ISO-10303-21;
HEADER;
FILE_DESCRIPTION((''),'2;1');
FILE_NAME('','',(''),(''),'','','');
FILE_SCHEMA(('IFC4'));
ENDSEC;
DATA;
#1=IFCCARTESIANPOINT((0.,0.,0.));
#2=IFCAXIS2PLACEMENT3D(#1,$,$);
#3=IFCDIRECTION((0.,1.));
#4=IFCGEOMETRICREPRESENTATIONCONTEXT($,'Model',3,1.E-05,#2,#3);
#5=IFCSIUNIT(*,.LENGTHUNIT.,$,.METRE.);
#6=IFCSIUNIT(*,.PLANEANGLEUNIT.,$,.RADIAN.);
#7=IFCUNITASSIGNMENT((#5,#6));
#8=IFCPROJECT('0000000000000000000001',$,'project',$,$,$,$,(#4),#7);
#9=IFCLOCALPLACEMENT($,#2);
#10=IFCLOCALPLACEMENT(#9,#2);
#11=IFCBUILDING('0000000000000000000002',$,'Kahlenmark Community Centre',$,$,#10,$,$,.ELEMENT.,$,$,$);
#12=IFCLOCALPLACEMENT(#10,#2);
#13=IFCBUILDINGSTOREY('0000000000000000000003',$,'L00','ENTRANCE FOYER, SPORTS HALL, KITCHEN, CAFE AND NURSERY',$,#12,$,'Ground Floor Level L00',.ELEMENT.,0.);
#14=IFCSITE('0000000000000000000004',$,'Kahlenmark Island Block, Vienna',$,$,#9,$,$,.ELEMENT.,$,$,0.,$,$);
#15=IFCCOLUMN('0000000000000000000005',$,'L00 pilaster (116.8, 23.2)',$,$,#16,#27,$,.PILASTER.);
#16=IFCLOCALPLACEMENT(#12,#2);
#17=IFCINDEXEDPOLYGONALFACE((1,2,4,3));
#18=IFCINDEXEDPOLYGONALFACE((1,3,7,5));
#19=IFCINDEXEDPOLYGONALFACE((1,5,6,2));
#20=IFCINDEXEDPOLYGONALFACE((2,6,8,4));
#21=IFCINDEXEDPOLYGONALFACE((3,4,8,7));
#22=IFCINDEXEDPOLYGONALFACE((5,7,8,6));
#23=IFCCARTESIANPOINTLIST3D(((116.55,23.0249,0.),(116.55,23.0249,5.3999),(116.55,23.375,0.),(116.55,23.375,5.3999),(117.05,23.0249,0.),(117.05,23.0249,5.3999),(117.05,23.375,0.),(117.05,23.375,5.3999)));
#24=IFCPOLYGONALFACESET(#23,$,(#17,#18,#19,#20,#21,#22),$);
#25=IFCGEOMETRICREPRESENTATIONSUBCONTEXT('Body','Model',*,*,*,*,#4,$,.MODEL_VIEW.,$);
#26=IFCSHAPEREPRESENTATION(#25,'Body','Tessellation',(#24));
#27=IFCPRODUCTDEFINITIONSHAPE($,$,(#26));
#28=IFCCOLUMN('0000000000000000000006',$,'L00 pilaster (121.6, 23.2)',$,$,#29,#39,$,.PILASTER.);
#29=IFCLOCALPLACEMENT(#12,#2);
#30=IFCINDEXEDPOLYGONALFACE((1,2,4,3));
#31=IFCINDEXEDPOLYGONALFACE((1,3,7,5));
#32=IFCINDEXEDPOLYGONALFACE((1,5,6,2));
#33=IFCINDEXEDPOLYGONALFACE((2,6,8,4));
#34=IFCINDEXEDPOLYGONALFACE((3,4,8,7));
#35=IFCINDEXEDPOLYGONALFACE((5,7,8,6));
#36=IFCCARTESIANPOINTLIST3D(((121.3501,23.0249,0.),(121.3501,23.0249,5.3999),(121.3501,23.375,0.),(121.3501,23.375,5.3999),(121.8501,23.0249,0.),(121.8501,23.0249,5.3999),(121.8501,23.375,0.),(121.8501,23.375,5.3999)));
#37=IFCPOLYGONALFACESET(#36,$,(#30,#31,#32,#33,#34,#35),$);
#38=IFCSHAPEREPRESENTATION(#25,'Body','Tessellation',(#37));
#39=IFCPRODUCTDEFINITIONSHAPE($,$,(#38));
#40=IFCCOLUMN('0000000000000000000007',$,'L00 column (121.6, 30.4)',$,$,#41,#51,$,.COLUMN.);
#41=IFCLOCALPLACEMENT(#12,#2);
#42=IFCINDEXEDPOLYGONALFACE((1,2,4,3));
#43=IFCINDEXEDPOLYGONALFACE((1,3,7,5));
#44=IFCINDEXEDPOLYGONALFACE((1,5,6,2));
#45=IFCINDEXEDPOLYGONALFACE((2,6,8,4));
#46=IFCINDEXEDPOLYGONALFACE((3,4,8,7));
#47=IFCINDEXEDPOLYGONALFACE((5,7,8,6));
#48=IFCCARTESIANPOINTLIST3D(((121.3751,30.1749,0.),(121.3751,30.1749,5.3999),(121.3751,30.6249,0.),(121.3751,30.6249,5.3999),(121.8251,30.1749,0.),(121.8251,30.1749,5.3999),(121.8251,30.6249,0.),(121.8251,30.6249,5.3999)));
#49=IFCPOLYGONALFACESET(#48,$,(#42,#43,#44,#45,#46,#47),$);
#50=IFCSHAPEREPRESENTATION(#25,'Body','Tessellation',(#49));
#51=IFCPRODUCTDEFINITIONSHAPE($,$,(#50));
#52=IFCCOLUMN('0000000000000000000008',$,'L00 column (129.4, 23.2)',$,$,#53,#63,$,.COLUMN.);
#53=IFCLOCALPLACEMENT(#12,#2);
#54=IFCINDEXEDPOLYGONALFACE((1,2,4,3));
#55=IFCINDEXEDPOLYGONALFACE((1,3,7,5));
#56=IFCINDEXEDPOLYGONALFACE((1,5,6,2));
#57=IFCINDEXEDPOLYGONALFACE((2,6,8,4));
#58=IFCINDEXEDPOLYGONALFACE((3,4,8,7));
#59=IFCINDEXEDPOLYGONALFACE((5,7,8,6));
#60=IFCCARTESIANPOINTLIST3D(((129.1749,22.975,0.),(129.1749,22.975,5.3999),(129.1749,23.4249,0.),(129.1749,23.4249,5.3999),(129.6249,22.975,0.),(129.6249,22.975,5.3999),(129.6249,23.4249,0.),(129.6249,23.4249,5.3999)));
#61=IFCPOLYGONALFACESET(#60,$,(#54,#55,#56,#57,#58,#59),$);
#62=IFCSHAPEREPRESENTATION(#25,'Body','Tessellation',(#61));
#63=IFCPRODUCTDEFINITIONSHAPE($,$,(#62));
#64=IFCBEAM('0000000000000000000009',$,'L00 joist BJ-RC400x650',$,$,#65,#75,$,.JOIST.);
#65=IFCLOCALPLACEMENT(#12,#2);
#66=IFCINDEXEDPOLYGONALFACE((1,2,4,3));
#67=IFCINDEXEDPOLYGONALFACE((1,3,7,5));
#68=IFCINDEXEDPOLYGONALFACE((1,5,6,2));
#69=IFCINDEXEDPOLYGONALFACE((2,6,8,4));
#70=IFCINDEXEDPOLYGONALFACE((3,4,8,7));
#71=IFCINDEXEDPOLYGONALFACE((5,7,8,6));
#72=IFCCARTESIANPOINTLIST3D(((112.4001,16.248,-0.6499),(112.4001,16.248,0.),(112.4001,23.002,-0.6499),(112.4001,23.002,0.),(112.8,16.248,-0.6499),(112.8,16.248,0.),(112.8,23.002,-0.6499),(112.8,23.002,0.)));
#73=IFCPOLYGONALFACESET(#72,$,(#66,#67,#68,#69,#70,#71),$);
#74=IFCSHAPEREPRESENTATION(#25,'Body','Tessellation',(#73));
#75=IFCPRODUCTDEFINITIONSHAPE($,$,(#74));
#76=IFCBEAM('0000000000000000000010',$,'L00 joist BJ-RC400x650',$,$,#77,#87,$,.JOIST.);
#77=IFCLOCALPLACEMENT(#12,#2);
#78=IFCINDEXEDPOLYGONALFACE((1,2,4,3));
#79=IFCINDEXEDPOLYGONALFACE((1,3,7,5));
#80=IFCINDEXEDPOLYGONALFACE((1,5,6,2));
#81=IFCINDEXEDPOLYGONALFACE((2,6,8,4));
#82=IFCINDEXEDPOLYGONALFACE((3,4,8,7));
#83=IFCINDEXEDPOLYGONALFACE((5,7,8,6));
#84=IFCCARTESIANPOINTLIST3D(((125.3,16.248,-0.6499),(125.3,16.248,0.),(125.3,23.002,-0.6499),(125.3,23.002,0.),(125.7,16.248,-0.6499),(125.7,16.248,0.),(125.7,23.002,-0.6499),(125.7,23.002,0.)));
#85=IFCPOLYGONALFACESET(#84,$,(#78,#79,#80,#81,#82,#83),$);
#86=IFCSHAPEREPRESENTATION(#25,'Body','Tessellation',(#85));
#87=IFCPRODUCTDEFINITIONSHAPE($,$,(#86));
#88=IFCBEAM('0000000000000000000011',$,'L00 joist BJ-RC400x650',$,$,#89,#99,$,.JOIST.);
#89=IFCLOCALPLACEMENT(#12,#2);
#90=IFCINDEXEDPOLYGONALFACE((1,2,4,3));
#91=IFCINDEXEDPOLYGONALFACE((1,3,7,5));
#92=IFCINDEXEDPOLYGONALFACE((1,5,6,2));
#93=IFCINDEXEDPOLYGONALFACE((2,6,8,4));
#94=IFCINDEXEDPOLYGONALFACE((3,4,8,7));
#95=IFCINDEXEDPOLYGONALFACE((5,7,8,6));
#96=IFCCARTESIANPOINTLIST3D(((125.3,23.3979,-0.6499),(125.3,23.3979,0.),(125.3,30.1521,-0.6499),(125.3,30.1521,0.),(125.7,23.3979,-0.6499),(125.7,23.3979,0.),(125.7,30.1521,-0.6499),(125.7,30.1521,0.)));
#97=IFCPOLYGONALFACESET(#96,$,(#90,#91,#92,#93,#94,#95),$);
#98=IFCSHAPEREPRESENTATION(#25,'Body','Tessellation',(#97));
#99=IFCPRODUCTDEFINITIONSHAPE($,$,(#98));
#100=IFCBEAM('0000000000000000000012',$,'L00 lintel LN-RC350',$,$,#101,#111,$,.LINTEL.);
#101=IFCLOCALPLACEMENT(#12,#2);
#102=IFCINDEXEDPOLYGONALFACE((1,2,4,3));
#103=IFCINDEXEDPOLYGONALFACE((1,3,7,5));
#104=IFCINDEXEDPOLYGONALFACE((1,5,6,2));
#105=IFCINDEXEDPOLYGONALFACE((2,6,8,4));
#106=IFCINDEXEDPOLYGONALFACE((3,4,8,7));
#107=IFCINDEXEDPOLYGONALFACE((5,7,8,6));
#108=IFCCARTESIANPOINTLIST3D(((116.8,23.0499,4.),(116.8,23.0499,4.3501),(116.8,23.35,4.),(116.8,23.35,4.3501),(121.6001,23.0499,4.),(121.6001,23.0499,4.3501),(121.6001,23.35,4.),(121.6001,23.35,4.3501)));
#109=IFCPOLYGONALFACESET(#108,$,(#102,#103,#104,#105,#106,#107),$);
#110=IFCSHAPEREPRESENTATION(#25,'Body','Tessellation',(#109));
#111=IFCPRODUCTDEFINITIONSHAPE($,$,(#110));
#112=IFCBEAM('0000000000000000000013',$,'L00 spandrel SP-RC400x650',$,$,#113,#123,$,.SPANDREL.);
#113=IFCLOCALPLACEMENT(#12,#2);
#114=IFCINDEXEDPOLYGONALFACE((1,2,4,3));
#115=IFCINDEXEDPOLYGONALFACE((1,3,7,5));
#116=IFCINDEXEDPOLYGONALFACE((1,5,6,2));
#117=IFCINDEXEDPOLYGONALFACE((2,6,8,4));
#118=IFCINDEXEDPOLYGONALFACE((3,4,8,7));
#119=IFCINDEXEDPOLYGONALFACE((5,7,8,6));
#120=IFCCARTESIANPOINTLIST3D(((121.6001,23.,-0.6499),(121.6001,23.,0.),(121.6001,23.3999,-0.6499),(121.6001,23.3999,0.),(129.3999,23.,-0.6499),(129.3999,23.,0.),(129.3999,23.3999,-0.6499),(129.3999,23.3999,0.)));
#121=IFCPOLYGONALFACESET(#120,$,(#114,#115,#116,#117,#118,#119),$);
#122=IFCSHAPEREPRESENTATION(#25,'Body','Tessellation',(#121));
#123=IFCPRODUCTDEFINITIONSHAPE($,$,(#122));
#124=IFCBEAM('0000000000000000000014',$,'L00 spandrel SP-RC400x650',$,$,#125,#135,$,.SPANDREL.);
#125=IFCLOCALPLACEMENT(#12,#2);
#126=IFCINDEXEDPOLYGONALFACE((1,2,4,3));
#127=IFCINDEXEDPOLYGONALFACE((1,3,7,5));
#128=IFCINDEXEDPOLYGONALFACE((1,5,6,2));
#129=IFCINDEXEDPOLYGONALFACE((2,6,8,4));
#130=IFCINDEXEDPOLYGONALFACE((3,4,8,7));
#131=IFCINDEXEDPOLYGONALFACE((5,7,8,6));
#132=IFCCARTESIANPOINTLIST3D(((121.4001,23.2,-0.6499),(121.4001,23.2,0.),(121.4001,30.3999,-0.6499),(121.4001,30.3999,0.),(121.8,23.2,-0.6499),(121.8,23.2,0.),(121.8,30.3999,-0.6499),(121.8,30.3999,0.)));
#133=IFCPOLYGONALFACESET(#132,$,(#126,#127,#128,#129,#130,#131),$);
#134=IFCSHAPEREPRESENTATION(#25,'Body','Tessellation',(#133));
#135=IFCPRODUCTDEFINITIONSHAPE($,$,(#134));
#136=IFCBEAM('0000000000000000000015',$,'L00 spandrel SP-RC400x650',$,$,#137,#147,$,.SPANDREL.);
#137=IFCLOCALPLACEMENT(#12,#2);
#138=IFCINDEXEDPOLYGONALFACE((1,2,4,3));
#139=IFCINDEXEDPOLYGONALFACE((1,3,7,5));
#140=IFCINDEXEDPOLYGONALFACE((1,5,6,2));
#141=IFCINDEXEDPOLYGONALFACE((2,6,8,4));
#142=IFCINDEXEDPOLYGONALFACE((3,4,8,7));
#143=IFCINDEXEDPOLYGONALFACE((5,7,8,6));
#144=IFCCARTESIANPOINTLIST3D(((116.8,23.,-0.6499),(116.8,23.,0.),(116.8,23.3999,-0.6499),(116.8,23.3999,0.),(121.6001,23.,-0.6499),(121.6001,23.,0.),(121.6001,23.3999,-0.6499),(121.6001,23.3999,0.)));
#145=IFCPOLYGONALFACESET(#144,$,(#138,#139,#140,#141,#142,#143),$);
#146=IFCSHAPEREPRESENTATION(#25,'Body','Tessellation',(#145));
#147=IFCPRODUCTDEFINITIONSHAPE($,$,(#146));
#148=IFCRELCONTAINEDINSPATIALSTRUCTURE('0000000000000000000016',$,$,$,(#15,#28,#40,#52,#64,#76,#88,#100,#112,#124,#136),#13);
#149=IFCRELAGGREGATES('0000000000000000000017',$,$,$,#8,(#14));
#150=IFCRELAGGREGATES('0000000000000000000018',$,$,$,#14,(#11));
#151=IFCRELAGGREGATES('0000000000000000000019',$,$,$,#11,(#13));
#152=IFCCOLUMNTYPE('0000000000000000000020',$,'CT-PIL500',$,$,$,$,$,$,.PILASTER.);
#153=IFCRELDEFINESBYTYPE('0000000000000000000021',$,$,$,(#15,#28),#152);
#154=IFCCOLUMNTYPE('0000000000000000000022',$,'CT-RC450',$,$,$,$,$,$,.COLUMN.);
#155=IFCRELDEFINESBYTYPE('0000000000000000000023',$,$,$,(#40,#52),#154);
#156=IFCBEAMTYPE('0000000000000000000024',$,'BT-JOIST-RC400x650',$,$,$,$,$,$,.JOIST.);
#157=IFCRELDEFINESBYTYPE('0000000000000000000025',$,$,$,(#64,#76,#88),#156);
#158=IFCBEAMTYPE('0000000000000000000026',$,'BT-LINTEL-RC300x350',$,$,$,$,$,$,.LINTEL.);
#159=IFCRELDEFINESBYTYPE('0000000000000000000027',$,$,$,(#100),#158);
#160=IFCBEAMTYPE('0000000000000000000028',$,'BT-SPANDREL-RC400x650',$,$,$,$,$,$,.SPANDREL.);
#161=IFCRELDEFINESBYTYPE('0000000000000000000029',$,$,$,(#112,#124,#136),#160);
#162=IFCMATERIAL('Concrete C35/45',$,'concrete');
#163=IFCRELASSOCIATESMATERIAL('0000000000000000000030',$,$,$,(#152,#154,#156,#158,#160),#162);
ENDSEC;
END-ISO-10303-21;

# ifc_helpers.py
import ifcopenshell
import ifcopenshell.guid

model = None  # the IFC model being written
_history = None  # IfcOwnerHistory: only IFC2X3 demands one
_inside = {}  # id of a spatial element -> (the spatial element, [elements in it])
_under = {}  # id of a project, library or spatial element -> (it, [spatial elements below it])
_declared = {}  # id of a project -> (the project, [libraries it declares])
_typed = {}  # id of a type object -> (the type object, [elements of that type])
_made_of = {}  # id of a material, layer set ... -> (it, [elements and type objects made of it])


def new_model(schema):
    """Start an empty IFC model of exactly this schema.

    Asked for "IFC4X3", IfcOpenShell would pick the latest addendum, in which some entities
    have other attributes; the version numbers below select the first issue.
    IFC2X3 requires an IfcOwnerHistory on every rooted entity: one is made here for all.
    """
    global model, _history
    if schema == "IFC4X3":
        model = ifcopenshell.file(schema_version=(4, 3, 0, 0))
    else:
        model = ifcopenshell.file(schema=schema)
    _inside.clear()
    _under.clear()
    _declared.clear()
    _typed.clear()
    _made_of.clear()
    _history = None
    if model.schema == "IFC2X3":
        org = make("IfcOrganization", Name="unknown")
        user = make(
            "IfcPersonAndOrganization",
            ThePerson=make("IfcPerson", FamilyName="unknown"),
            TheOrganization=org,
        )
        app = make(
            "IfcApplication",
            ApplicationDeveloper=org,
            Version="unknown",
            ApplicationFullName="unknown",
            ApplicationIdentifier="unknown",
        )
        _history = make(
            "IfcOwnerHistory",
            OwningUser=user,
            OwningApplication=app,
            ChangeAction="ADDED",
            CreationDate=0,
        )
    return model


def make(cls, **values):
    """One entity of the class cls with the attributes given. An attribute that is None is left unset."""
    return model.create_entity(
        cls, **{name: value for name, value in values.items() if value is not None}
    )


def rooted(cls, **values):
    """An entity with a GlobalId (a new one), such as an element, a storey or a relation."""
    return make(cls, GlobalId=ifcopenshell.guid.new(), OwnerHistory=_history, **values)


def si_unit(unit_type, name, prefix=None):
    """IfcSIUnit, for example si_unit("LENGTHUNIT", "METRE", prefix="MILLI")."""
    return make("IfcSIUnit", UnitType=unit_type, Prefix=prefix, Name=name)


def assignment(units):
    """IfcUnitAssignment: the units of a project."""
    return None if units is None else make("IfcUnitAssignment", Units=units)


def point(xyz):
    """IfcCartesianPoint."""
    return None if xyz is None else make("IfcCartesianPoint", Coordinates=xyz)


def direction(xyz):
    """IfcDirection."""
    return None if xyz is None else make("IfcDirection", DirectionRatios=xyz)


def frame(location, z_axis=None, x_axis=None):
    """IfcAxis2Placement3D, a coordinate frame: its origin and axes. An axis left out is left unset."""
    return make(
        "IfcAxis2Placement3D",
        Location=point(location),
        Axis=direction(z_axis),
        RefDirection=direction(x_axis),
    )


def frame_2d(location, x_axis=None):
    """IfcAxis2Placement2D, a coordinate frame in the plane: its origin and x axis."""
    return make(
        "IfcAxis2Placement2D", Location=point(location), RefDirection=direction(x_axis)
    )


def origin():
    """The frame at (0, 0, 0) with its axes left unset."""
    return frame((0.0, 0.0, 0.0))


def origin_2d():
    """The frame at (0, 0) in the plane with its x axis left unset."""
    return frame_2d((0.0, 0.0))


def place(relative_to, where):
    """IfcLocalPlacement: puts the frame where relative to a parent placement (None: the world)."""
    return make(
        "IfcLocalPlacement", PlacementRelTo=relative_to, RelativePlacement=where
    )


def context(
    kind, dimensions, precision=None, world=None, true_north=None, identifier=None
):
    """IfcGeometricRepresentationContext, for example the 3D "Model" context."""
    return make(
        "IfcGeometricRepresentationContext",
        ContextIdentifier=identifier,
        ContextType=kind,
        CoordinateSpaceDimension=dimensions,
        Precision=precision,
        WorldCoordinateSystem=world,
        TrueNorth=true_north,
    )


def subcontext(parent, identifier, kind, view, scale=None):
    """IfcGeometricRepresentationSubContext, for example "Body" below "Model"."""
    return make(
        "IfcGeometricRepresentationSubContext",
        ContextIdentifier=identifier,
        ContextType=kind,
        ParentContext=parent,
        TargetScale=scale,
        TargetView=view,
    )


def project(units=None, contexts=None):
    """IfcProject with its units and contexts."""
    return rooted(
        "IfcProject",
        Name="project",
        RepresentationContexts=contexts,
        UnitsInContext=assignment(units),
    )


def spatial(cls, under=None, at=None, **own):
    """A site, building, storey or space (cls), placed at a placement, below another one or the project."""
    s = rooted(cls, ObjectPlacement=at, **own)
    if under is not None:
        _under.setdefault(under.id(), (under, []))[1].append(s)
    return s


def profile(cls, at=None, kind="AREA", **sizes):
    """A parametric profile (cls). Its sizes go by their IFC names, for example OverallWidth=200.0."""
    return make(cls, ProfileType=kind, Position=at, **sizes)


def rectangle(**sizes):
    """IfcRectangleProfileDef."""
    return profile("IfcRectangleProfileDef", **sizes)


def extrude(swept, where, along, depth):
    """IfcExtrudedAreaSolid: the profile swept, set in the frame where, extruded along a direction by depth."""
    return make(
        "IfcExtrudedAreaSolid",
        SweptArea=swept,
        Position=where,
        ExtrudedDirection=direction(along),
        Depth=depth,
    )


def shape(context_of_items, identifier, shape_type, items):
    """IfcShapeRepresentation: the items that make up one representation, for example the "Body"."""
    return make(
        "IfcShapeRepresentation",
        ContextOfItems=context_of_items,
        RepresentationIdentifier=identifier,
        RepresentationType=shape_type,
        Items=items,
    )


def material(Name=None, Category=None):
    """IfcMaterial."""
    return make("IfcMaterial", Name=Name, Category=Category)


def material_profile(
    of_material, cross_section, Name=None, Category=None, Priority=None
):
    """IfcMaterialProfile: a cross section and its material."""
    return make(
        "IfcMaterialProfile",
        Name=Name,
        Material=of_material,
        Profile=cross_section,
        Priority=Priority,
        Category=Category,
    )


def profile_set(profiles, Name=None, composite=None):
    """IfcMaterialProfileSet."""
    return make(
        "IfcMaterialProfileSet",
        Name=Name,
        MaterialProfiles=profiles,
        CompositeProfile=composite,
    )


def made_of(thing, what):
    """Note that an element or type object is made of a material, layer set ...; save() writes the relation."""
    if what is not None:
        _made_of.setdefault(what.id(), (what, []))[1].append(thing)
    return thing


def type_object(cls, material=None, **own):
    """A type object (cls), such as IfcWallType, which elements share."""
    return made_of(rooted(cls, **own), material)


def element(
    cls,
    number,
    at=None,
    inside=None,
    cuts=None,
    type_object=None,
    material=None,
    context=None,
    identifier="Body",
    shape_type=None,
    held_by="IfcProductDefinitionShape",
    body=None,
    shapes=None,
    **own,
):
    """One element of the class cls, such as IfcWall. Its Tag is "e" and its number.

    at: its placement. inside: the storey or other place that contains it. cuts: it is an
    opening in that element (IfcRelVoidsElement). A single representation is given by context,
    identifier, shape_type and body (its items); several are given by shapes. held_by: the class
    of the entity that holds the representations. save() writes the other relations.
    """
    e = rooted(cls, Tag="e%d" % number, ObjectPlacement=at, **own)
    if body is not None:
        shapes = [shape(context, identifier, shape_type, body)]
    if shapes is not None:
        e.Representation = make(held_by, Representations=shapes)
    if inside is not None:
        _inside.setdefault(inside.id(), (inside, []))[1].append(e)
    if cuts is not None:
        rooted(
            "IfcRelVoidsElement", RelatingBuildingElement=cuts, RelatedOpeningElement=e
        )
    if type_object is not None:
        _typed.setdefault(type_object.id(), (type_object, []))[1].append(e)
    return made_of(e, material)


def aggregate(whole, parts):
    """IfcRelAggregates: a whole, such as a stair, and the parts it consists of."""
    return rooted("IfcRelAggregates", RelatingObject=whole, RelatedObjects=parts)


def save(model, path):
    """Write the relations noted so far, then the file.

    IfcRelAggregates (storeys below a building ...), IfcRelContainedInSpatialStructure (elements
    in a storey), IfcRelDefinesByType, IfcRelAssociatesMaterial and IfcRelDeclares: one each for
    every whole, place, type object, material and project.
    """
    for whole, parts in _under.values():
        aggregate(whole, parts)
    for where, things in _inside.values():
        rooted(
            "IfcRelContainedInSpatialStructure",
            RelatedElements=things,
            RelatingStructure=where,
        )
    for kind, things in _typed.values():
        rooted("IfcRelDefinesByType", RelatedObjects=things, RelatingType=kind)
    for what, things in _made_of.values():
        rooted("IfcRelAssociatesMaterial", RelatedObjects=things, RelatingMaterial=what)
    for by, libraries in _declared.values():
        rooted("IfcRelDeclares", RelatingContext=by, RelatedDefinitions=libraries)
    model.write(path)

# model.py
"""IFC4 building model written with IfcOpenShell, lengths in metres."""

from ifc_helpers import new_model, si_unit, direction, frame, origin, origin_2d, place, context, subcontext, project, spatial, rectangle, extrude, material, material_profile, profile_set, type_object, element, save


model = new_model("IFC4")

# Units and contexts
model_context = context("Model", 3, precision=1e-05, world=origin(), true_north=direction((0.0, 1.0)))
body_context = subcontext(model_context, "Body", "Model", "MODEL_VIEW")
ifc_project = project(units=[si_unit("LENGTHUNIT", "METRE"), si_unit("PLANEANGLEUNIT", "RADIAN")], contexts=[model_context])

# Site, building, storey
site_placement = place(None, origin())
site = spatial("IfcSite", under=ifc_project, at=site_placement, Name="Kahlenmark Island Block, Vienna", CompositionType="ELEMENT", RefElevation=0.0)
building_placement = place(site_placement, origin())
building = spatial("IfcBuilding", under=site, at=building_placement, Name="Kahlenmark Community Centre", CompositionType="ELEMENT")
storey_placement = place(building_placement, origin())
storey = spatial("IfcBuildingStorey", under=building, at=storey_placement, Name="L00", Description="ENTRANCE FOYER, SPORTS HALL, KITCHEN, CAFE AND NURSERY", LongName="Ground Floor Level L00", CompositionType="ELEMENT", Elevation=0.0)

# Columns
ifc_material_1 = material(Name="Concrete C35/45", Category="concrete")
ifc_material_profile_1 = material_profile(ifc_material_1, rectangle(XDim=0.5, YDim=0.3501, at=origin_2d()), Name="RC 500x350")
ifc_profile_set_1 = profile_set([ifc_material_profile_1], Name="Concrete C35/45")
column_type_1 = type_object("IfcColumnType", Name="CT-PIL500", PredefinedType="PILASTER", material=ifc_profile_set_1)
for number, where, z_axis, x_axis, name in (
    (1, (116.8, 23.2, 0.0), (0.0, 0.0, 1.0), (1.0, 0.0, 0.0), "L00 pilaster (116.8, 23.2)"),
    (2, (121.6001, 23.2, 0.0), (0.0, 0.0, 1.0), (1.0, 0.0, 0.0), "L00 pilaster (121.6, 23.2)"),
):
    element("IfcColumn", number, at=place(storey_placement, frame(where, z_axis=z_axis, x_axis=x_axis)), inside=storey, type_object=column_type_1, Name=name, PredefinedType="PILASTER", context=body_context, shape_type="SweptSolid", body=[
        extrude(rectangle(XDim=0.5, YDim=0.3501, at=origin_2d()), origin(), (0.0, 0.0, 1.0), 5.3999),
    ])
ifc_material_profile_2 = material_profile(ifc_material_1, rectangle(XDim=0.45, YDim=0.45, at=origin_2d()), Name="RC 450x450")
ifc_profile_set_2 = profile_set([ifc_material_profile_2], Name="Concrete C35/45")
column_type_2 = type_object("IfcColumnType", Name="CT-RC450", PredefinedType="COLUMN", material=ifc_profile_set_2)
for number, where, z_axis, x_axis, name in (
    (3, (121.6001, 30.3999, 0.0), (0.0, 0.0, 1.0), (1.0, 0.0, 0.0), "L00 column (121.6, 30.4)"),
    (4, (129.3999, 23.2, 0.0), (0.0, 0.0, 1.0), (1.0, 0.0, 0.0), "L00 column (129.4, 23.2)"),
):
    element("IfcColumn", number, at=place(storey_placement, frame(where, z_axis=z_axis, x_axis=x_axis)), inside=storey, type_object=column_type_2, Name=name, PredefinedType="COLUMN", context=body_context, shape_type="SweptSolid", body=[
        extrude(rectangle(XDim=0.45, YDim=0.45, at=origin_2d()), origin(), (0.0, 0.0, 1.0), 5.3999),
    ])

# Beams
ifc_material_profile_3 = material_profile(ifc_material_1, rectangle(XDim=0.3999, YDim=0.6499, at=origin_2d()), Name="RC 400x650")
ifc_profile_set_3 = profile_set([ifc_material_profile_3], Name="Concrete C35/45")
beam_type_1 = type_object("IfcBeamType", Name="BT-JOIST-RC400x650", PredefinedType="JOIST", material=ifc_profile_set_3)
for number, where, z_axis, x_axis, name in (
    (5, (112.6001, 16.248, -0.325), (0.0, 1.0, 0.0), (-1.0, 0.0, 0.0), "L00 joist BJ-RC400x650"),
    (6, (125.5, 16.248, -0.325), (0.0, 1.0, 0.0), (-1.0, 0.0, 0.0), "L00 joist BJ-RC400x650"),
):
    element("IfcBeam", number, at=place(storey_placement, frame(where, z_axis=z_axis, x_axis=x_axis)), inside=storey, type_object=beam_type_1, Name=name, PredefinedType="JOIST", context=body_context, shape_type="SweptSolid", body=[
        extrude(rectangle(XDim=0.3999, YDim=0.6499, at=origin_2d()), origin(), (0.0, 0.0, 1.0), 6.7539),
    ])
beam_1_placement = place(storey_placement, frame((125.5, 23.3979, -0.325), z_axis=(0.0, 1.0, 0.0), x_axis=(-1.0, 0.0, 0.0)))
element("IfcBeam", 7, at=beam_1_placement, inside=storey, type_object=beam_type_1, Name="L00 joist BJ-RC400x650", PredefinedType="JOIST", context=body_context, shape_type="SweptSolid", body=[
    extrude(rectangle(XDim=0.3999, YDim=0.6499, at=origin_2d()), origin(), (0.0, 0.0, 1.0), 6.7542),
])
ifc_material_profile_4 = material_profile(ifc_material_1, rectangle(XDim=0.3, YDim=0.3501, at=origin_2d()), Name="RC 300x350")
ifc_profile_set_4 = profile_set([ifc_material_profile_4], Name="Concrete C35/45")
beam_type_2 = type_object("IfcBeamType", Name="BT-LINTEL-RC300x350", PredefinedType="LINTEL", material=ifc_profile_set_4)
beam_2_placement = place(storey_placement, frame((116.8, 23.2, 4.175), z_axis=(1.0, 0.0, 0.0), x_axis=(0.0, 1.0, 0.0)))
element("IfcBeam", 8, at=beam_2_placement, inside=storey, type_object=beam_type_2, Name="L00 lintel LN-RC350", PredefinedType="LINTEL", context=body_context, shape_type="SweptSolid", body=[
    extrude(rectangle(XDim=0.3, YDim=0.3501, at=origin_2d()), origin(), (0.0, 0.0, 1.0), 4.8),
])
ifc_material_profile_5 = material_profile(ifc_material_1, rectangle(XDim=0.3999, YDim=0.6499, at=origin_2d()), Name="RC 400x650")
ifc_profile_set_5 = profile_set([ifc_material_profile_5], Name="Concrete C35/45")
beam_type_3 = type_object("IfcBeamType", Name="BT-SPANDREL-RC400x650", PredefinedType="SPANDREL", material=ifc_profile_set_5)
beam_3_placement = place(storey_placement, frame((121.6001, 23.2, -0.325), z_axis=(1.0, 0.0, 0.0), x_axis=(0.0, 1.0, 0.0)))
element("IfcBeam", 9, at=beam_3_placement, inside=storey, type_object=beam_type_3, Name="L00 spandrel SP-RC400x650", PredefinedType="SPANDREL", context=body_context, shape_type="SweptSolid", body=[
    extrude(rectangle(XDim=0.3999, YDim=0.6499, at=origin_2d()), origin(), (0.0, 0.0, 1.0), 7.7998),
])
beam_4_placement = place(storey_placement, frame((121.6001, 23.2, -0.325), z_axis=(0.0, 1.0, 0.0), x_axis=(-1.0, 0.0, 0.0)))
element("IfcBeam", 10, at=beam_4_placement, inside=storey, type_object=beam_type_3, Name="L00 spandrel SP-RC400x650", PredefinedType="SPANDREL", context=body_context, shape_type="SweptSolid", body=[
    extrude(rectangle(XDim=0.3999, YDim=0.6499, at=origin_2d()), origin(), (0.0, 0.0, 1.0), 7.2),
])
beam_5_placement = place(storey_placement, frame((116.8, 23.2, -0.325), z_axis=(1.0, 0.0, 0.0), x_axis=(0.0, 1.0, 0.0)))
element("IfcBeam", 11, at=beam_5_placement, inside=storey, type_object=beam_type_3, Name="L00 spandrel SP-RC400x650", PredefinedType="SPANDREL", context=body_context, shape_type="SweptSolid", body=[
    extrude(rectangle(XDim=0.3999, YDim=0.6499, at=origin_2d()), origin(), (0.0, 0.0, 1.0), 4.8),
])

save(model, "model.ifc")
